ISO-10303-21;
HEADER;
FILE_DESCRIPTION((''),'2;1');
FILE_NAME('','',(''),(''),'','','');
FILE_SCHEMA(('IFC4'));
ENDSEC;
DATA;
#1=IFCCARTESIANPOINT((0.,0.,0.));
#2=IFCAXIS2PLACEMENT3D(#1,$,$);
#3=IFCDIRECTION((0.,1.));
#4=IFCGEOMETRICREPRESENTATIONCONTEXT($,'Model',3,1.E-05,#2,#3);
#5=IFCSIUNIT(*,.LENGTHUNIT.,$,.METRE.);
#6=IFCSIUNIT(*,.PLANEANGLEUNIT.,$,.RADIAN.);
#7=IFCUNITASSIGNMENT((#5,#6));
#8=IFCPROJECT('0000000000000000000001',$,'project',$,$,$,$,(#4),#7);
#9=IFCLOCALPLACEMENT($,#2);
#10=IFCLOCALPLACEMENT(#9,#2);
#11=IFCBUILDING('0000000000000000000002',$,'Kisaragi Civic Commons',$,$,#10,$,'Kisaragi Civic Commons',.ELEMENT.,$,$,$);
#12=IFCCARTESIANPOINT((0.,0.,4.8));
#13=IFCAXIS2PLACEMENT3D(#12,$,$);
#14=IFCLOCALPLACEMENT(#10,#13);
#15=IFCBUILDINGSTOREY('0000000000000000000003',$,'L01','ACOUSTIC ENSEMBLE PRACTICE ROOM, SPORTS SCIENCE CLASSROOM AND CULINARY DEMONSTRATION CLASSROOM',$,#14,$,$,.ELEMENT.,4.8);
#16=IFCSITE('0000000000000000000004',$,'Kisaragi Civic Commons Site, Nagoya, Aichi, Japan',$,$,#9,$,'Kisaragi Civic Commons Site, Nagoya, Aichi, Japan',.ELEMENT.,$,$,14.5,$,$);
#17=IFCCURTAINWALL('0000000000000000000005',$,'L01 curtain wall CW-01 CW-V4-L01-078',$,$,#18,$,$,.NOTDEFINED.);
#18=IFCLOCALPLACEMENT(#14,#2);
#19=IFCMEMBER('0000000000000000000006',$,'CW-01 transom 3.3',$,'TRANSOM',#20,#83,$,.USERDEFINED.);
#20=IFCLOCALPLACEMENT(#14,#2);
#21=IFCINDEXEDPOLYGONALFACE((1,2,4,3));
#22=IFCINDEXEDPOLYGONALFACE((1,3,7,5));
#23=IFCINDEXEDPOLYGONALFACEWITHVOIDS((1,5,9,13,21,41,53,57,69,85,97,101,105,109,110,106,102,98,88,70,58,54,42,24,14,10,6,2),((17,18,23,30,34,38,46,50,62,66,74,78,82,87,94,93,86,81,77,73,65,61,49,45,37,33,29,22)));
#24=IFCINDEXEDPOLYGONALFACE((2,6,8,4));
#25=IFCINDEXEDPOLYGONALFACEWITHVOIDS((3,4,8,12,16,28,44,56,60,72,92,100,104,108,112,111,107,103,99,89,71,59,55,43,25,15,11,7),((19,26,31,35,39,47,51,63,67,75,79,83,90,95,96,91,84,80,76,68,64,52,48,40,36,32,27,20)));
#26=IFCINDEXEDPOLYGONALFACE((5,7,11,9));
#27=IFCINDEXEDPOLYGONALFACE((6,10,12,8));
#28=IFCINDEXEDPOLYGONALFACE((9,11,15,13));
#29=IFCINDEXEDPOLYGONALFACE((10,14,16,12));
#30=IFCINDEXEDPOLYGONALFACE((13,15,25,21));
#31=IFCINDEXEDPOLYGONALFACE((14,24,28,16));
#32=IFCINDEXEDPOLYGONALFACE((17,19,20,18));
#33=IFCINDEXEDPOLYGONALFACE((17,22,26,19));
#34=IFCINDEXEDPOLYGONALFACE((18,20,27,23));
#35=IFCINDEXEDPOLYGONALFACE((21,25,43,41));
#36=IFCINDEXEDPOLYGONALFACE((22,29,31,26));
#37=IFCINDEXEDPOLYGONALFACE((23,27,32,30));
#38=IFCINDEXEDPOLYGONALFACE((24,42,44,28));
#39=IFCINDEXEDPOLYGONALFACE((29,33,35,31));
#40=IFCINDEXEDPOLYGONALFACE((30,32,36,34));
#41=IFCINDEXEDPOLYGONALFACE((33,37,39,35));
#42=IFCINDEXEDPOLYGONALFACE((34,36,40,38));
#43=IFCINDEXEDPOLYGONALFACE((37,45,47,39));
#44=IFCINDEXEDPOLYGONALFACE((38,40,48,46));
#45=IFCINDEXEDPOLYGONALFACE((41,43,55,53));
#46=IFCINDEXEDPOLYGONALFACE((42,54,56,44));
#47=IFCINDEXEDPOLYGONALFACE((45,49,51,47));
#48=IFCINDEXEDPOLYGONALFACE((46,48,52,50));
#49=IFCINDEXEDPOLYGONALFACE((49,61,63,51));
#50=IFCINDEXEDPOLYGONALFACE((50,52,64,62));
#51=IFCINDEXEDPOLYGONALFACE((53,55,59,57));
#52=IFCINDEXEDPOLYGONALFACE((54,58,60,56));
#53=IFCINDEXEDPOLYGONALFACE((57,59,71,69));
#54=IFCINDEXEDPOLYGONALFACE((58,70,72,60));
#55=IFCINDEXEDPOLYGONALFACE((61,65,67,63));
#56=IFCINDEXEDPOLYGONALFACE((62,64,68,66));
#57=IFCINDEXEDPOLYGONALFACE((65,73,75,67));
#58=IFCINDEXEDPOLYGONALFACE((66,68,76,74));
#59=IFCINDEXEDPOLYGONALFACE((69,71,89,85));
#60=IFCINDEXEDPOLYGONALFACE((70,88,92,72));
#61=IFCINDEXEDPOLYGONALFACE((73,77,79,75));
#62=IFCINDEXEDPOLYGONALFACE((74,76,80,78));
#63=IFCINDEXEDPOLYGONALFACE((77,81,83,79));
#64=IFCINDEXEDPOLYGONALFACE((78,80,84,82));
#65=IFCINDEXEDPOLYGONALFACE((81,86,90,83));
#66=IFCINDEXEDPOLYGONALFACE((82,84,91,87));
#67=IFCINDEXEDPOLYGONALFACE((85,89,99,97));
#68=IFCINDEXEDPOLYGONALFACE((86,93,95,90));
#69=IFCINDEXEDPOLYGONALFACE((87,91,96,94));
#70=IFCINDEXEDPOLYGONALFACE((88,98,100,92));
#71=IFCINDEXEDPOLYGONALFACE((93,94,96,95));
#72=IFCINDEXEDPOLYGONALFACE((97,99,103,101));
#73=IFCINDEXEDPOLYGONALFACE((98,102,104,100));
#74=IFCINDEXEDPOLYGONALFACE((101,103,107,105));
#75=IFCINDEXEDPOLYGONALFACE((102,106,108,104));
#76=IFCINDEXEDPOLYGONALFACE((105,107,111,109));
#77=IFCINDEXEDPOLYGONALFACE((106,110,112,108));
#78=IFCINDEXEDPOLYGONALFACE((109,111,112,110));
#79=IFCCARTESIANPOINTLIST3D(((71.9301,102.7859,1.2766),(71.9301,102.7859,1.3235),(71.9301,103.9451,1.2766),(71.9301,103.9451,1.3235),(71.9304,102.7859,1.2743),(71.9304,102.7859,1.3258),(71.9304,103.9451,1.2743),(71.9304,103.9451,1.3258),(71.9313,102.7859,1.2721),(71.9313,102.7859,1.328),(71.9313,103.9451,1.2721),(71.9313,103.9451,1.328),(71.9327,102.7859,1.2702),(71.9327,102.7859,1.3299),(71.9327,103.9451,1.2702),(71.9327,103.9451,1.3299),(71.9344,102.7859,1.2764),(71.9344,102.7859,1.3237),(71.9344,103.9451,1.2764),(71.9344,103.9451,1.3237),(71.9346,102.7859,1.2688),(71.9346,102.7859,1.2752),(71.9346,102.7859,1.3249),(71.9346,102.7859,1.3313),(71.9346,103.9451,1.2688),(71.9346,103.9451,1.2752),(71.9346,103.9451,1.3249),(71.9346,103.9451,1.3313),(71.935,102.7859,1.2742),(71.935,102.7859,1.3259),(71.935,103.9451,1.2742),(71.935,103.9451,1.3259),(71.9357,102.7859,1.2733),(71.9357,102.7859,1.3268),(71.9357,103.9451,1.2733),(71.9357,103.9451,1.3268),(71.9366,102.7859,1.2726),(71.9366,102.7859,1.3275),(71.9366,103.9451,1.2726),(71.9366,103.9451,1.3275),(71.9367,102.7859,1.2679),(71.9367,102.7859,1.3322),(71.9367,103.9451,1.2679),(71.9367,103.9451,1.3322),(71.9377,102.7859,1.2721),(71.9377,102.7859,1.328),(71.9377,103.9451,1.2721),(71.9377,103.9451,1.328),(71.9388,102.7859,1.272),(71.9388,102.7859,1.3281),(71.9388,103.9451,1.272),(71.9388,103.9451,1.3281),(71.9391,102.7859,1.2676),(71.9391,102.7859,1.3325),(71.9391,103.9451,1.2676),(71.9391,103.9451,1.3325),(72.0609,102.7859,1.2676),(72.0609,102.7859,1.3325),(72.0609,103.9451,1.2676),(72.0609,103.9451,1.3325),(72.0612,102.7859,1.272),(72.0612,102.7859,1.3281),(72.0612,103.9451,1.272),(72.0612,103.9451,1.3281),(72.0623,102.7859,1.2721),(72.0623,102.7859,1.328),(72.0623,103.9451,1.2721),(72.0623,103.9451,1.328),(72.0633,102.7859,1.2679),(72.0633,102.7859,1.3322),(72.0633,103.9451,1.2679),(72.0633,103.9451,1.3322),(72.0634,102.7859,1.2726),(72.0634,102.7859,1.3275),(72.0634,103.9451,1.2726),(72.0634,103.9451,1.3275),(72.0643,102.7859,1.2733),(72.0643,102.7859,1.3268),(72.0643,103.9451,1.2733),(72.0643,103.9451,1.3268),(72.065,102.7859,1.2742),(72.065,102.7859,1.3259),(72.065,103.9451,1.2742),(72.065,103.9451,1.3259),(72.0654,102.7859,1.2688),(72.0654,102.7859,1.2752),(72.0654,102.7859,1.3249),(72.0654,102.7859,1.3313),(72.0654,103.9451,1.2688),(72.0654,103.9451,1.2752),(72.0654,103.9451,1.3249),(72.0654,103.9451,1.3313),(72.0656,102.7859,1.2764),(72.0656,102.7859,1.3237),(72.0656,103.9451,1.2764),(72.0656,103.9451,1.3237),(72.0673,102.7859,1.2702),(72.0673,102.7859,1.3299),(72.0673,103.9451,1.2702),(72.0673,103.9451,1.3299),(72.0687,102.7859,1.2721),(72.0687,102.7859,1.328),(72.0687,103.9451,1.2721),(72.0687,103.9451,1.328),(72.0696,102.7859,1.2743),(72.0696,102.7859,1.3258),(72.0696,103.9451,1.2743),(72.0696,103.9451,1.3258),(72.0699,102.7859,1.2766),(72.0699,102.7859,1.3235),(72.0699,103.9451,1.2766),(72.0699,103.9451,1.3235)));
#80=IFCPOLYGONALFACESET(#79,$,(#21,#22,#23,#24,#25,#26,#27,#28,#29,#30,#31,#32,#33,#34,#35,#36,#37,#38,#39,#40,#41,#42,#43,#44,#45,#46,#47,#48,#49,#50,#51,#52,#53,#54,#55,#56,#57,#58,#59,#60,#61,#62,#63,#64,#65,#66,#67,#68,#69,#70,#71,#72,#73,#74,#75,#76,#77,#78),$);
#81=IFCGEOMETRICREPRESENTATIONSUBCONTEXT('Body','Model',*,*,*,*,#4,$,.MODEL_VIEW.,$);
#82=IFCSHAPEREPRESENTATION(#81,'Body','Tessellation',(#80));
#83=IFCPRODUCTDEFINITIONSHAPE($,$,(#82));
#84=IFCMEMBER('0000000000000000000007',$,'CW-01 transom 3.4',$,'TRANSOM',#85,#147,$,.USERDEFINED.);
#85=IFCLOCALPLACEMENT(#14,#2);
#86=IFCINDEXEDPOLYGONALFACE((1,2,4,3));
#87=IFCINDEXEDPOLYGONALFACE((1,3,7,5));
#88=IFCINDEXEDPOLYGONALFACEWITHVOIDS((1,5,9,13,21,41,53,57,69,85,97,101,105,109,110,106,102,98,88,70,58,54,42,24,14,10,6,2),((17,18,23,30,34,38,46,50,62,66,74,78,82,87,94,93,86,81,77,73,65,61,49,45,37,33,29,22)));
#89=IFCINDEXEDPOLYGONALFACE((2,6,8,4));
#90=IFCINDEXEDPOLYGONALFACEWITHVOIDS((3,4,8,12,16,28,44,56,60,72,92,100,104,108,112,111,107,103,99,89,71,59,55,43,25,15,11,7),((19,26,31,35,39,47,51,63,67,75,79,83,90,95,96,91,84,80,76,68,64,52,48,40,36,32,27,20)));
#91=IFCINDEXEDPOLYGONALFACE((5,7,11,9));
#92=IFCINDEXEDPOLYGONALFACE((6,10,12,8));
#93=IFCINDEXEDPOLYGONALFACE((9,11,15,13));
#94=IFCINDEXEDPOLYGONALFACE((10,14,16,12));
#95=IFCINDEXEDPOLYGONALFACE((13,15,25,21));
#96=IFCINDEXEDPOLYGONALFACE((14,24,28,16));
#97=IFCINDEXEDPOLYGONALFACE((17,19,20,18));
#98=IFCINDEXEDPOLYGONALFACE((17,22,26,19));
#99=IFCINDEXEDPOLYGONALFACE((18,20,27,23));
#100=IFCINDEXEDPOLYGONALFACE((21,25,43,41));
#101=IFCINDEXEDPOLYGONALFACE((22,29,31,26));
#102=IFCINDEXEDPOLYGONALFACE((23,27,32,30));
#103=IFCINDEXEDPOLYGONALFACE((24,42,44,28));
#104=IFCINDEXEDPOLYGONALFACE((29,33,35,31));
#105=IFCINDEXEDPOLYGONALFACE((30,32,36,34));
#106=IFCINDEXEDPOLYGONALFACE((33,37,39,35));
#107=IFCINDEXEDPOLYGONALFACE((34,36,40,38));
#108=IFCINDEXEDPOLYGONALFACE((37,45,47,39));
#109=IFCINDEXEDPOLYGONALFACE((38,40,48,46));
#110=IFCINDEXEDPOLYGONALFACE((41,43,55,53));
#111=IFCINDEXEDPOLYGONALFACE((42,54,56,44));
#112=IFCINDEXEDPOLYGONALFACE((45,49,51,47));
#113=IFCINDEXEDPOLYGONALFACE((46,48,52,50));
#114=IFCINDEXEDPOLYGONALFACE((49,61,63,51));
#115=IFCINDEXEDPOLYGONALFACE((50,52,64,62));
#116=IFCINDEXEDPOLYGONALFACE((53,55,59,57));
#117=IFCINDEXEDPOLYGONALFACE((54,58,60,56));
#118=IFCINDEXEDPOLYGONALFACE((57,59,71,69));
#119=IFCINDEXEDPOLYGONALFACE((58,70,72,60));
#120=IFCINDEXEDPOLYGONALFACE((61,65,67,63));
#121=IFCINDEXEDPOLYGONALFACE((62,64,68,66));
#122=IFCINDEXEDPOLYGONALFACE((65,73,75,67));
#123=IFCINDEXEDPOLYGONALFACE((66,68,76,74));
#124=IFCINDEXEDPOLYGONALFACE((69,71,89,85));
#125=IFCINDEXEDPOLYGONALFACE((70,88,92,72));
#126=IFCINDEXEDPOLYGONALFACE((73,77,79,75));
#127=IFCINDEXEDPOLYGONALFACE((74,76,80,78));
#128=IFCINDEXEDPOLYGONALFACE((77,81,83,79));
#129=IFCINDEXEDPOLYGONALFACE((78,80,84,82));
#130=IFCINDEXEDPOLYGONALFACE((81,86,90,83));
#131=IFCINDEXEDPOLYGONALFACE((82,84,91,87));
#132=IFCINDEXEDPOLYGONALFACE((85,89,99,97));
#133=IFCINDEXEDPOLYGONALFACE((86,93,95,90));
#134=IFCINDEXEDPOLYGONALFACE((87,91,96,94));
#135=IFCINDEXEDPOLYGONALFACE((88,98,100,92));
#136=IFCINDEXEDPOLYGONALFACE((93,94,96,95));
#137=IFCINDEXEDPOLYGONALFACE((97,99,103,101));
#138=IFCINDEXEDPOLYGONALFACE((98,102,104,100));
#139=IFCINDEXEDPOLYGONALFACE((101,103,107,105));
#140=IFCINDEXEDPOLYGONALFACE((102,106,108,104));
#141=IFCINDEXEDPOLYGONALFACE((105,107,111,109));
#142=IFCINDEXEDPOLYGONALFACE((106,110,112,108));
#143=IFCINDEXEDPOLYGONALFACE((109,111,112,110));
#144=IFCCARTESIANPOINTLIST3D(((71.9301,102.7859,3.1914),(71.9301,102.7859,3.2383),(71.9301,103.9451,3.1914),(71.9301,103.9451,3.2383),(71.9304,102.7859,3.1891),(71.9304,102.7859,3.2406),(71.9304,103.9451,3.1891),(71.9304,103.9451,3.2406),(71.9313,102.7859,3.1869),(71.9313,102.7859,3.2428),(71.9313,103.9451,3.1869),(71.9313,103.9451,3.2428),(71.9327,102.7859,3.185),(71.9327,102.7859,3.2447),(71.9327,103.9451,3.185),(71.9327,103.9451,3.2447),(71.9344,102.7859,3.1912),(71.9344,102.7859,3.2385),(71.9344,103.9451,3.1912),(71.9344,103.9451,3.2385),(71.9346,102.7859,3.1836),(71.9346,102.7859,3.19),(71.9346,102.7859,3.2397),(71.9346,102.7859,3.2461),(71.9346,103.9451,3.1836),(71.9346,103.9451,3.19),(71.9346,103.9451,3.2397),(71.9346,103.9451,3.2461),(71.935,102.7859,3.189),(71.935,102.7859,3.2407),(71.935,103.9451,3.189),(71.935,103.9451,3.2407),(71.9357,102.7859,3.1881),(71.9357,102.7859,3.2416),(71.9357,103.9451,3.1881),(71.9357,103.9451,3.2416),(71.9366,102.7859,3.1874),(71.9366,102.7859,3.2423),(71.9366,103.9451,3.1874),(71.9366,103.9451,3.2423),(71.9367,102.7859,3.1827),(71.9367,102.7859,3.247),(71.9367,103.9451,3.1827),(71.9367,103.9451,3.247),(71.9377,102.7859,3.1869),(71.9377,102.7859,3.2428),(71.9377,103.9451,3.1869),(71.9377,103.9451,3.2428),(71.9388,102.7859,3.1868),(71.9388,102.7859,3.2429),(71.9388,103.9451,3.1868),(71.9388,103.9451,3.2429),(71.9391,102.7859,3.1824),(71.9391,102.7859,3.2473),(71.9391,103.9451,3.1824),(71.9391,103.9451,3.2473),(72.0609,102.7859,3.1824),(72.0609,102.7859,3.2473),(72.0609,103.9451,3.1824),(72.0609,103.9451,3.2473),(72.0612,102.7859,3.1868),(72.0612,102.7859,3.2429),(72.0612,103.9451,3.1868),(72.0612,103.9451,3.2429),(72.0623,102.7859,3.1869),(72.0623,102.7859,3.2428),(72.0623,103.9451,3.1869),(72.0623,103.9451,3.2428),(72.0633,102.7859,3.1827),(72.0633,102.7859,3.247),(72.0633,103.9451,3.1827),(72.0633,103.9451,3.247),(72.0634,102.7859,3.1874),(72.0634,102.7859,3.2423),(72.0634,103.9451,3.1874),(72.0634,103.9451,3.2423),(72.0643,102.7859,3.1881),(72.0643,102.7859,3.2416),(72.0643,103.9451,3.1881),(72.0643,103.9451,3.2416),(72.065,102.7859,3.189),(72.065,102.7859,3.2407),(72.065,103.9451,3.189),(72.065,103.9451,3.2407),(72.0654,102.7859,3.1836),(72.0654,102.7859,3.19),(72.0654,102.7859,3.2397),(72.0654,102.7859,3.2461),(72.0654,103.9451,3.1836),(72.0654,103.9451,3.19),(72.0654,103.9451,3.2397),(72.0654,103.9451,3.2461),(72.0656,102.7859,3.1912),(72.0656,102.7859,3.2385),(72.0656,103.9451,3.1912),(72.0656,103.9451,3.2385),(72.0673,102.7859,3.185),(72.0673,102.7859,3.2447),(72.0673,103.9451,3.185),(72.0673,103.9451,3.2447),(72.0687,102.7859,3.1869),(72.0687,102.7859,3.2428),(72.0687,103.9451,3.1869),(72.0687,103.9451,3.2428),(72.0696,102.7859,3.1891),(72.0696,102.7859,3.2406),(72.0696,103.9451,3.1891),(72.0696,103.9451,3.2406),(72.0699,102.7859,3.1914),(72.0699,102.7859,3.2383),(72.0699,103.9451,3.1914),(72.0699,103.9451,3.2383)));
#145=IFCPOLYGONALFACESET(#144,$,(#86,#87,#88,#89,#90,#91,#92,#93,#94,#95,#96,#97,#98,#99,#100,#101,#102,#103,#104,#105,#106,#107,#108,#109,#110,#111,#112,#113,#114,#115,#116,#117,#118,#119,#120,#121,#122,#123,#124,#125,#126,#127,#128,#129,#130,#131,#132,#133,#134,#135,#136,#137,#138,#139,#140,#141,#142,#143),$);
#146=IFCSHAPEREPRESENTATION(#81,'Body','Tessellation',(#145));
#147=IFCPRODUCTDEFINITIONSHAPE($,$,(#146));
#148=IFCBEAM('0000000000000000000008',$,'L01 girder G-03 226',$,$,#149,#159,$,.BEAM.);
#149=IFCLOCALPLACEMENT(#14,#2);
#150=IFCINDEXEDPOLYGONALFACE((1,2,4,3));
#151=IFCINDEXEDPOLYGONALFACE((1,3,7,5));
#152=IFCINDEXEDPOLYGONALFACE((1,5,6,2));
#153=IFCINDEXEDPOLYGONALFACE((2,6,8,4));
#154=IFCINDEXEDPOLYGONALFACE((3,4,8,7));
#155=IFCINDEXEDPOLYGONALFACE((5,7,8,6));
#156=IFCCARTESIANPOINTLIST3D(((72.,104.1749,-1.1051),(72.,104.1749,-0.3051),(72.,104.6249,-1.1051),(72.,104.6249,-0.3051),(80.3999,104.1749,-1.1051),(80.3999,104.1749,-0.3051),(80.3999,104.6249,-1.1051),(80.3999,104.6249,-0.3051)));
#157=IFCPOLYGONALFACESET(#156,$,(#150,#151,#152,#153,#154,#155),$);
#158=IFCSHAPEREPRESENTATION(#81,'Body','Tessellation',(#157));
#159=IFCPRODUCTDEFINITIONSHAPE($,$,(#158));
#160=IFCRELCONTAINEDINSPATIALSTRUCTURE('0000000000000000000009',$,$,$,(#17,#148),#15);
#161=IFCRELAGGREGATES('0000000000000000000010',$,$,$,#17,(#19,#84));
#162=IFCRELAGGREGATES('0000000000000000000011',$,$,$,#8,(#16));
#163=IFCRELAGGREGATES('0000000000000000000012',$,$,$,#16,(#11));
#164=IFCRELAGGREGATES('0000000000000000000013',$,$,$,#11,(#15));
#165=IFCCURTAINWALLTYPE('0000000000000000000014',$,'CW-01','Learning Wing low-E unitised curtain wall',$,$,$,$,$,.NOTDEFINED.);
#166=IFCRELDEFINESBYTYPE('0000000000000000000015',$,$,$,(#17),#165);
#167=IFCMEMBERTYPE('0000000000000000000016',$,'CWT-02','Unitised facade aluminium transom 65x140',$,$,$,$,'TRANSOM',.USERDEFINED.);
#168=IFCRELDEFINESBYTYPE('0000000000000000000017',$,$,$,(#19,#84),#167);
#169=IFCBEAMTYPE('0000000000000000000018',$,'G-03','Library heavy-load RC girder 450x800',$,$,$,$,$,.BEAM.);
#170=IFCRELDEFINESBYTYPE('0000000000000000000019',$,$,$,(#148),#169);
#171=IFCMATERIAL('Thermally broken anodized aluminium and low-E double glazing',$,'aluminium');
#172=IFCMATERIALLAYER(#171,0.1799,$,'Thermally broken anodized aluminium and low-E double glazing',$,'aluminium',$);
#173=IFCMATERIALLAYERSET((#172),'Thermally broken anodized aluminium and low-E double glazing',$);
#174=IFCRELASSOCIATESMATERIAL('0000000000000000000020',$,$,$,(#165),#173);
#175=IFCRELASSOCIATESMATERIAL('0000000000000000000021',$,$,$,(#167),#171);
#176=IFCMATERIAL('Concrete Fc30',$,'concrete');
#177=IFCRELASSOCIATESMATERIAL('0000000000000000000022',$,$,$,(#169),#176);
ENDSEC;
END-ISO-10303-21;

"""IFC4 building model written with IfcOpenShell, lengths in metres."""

from ifc_helpers import new_model, si_unit, direction, frame, origin, origin_2d, place, context, subcontext, project, spatial, rectangle, hollow_rectangle, extrude, material, layer, layer_set, material_profile, profile_set, type_object, element, aggregate, save


model = new_model("IFC4")

# Units and contexts
model_context = context("Model", 3, precision=1e-05, world=origin(), true_north=direction((0.0, 1.0)))
body_context = subcontext(model_context, "Body", "Model", "MODEL_VIEW")
ifc_project = project(units=[si_unit("LENGTHUNIT", "METRE"), si_unit("PLANEANGLEUNIT", "RADIAN")], contexts=[model_context])

# Site, building, storey
site_placement = place(None, origin())
site = spatial("IfcSite", under=ifc_project, at=site_placement, Name="Kisaragi Civic Commons Site, Nagoya, Aichi, Japan", LongName="Kisaragi Civic Commons Site, Nagoya, Aichi, Japan", CompositionType="ELEMENT", RefElevation=14.5)
building_placement = place(site_placement, origin())
building = spatial("IfcBuilding", under=site, at=building_placement, Name="Kisaragi Civic Commons", LongName="Kisaragi Civic Commons", CompositionType="ELEMENT")
storey_placement = place(building_placement, frame((0.0, 0.0, 4.8)))
storey = spatial("IfcBuildingStorey", under=building, at=storey_placement, Name="L01", Description="ACOUSTIC ENSEMBLE PRACTICE ROOM, SPORTS SCIENCE CLASSROOM AND CULINARY DEMONSTRATION CLASSROOM", CompositionType="ELEMENT", Elevation=4.8)

# Curtain wall, members
ifc_material_1 = material(Name="Thermally broken anodized aluminium and low-E double glazing", Category="aluminium")
ifc_layer_1 = layer(ifc_material_1, 0.1799, Name="Thermally broken anodized aluminium and low-E double glazing", Category="aluminium")
ifc_layer_set_1 = layer_set([ifc_layer_1], Name="Thermally broken anodized aluminium and low-E double glazing")
curtain_wall_type = type_object("IfcCurtainWallType", Name="CW-01", Description="Learning Wing low-E unitised curtain wall", PredefinedType="NOTDEFINED", material=ifc_layer_set_1)
curtain_wall_placement = place(storey_placement, origin())
curtain_wall = element("IfcCurtainWall", 1, at=curtain_wall_placement, inside=storey, type_object=curtain_wall_type, Name="L01 curtain wall CW-01 CW-V4-L01-078", PredefinedType="NOTDEFINED")
ifc_material_profile_1 = material_profile(ifc_material_1, hollow_rectangle(XDim=0.1399, YDim=0.0649, WallThickness=0.0044, InnerFilletRadius=0.0044, OuterFilletRadius=0.009, at=origin_2d()), Name="CWT-65x140x4.5", Category="aluminium")
ifc_profile_set_1 = profile_set([ifc_material_profile_1], Name="Thermally broken anodized aluminium and low-E double glazing")
member_type_1 = type_object("IfcMemberType", Name="CWT-02", Description="Unitised facade aluminium transom 65x140", ElementType="TRANSOM", PredefinedType="USERDEFINED", material=ifc_profile_set_1)
member_1_placement = place(storey_placement, frame((72.0, 102.7859, 1.3), z_axis=(0.0, 1.0, 0.0), x_axis=(-1.0, 0.0, 0.0)))
member_1 = element("IfcMember", 2, at=member_1_placement, type_object=member_type_1, Name="CW-01 transom 3.3", ObjectType="TRANSOM", PredefinedType="USERDEFINED", context=body_context, shape_type="SweptSolid", body=[
    extrude(hollow_rectangle(XDim=0.1399, YDim=0.0649, WallThickness=0.0044, InnerFilletRadius=0.0044, OuterFilletRadius=0.009, at=origin_2d()), origin(), (0.0, 0.0, 1.0), 1.1592),
])
member_2_placement = place(storey_placement, frame((72.0, 102.7859, 3.2148), z_axis=(0.0, 1.0, 0.0), x_axis=(-1.0, 0.0, 0.0)))
member_2 = element("IfcMember", 3, at=member_2_placement, type_object=member_type_1, Name="CW-01 transom 3.4", ObjectType="TRANSOM", PredefinedType="USERDEFINED", context=body_context, shape_type="SweptSolid", body=[
    extrude(hollow_rectangle(XDim=0.1399, YDim=0.0649, WallThickness=0.0044, InnerFilletRadius=0.0044, OuterFilletRadius=0.009, at=origin_2d()), origin(), (0.0, 0.0, 1.0), 1.1592),
])

# Beam
ifc_material_2 = material(Name="Concrete Fc30", Category="concrete")
ifc_material_profile_2 = material_profile(ifc_material_2, rectangle(XDim=0.45, YDim=0.8, at=origin_2d()), Name="RC-450x800", Category="concrete")
ifc_profile_set_2 = profile_set([ifc_material_profile_2], Name="Concrete Fc30")
beam_type_1 = type_object("IfcBeamType", Name="G-03", Description="Library heavy-load RC girder 450x800", PredefinedType="BEAM", material=ifc_profile_set_2)
beam_1_placement = place(storey_placement, frame((72.0, 104.3999, -0.7051), z_axis=(1.0, 0.0, 0.0), x_axis=(0.0, 1.0, 0.0)))
element("IfcBeam", 4, at=beam_1_placement, inside=storey, type_object=beam_type_1, Name="L01 girder G-03 226", PredefinedType="BEAM", context=body_context, shape_type="SweptSolid", body=[
    extrude(rectangle(XDim=0.45, YDim=0.8, at=origin_2d()), origin(), (0.0, 0.0, 1.0), 8.3999),
])

aggregate(curtain_wall, [member_1, member_2])

save(model, "model.ifc")
